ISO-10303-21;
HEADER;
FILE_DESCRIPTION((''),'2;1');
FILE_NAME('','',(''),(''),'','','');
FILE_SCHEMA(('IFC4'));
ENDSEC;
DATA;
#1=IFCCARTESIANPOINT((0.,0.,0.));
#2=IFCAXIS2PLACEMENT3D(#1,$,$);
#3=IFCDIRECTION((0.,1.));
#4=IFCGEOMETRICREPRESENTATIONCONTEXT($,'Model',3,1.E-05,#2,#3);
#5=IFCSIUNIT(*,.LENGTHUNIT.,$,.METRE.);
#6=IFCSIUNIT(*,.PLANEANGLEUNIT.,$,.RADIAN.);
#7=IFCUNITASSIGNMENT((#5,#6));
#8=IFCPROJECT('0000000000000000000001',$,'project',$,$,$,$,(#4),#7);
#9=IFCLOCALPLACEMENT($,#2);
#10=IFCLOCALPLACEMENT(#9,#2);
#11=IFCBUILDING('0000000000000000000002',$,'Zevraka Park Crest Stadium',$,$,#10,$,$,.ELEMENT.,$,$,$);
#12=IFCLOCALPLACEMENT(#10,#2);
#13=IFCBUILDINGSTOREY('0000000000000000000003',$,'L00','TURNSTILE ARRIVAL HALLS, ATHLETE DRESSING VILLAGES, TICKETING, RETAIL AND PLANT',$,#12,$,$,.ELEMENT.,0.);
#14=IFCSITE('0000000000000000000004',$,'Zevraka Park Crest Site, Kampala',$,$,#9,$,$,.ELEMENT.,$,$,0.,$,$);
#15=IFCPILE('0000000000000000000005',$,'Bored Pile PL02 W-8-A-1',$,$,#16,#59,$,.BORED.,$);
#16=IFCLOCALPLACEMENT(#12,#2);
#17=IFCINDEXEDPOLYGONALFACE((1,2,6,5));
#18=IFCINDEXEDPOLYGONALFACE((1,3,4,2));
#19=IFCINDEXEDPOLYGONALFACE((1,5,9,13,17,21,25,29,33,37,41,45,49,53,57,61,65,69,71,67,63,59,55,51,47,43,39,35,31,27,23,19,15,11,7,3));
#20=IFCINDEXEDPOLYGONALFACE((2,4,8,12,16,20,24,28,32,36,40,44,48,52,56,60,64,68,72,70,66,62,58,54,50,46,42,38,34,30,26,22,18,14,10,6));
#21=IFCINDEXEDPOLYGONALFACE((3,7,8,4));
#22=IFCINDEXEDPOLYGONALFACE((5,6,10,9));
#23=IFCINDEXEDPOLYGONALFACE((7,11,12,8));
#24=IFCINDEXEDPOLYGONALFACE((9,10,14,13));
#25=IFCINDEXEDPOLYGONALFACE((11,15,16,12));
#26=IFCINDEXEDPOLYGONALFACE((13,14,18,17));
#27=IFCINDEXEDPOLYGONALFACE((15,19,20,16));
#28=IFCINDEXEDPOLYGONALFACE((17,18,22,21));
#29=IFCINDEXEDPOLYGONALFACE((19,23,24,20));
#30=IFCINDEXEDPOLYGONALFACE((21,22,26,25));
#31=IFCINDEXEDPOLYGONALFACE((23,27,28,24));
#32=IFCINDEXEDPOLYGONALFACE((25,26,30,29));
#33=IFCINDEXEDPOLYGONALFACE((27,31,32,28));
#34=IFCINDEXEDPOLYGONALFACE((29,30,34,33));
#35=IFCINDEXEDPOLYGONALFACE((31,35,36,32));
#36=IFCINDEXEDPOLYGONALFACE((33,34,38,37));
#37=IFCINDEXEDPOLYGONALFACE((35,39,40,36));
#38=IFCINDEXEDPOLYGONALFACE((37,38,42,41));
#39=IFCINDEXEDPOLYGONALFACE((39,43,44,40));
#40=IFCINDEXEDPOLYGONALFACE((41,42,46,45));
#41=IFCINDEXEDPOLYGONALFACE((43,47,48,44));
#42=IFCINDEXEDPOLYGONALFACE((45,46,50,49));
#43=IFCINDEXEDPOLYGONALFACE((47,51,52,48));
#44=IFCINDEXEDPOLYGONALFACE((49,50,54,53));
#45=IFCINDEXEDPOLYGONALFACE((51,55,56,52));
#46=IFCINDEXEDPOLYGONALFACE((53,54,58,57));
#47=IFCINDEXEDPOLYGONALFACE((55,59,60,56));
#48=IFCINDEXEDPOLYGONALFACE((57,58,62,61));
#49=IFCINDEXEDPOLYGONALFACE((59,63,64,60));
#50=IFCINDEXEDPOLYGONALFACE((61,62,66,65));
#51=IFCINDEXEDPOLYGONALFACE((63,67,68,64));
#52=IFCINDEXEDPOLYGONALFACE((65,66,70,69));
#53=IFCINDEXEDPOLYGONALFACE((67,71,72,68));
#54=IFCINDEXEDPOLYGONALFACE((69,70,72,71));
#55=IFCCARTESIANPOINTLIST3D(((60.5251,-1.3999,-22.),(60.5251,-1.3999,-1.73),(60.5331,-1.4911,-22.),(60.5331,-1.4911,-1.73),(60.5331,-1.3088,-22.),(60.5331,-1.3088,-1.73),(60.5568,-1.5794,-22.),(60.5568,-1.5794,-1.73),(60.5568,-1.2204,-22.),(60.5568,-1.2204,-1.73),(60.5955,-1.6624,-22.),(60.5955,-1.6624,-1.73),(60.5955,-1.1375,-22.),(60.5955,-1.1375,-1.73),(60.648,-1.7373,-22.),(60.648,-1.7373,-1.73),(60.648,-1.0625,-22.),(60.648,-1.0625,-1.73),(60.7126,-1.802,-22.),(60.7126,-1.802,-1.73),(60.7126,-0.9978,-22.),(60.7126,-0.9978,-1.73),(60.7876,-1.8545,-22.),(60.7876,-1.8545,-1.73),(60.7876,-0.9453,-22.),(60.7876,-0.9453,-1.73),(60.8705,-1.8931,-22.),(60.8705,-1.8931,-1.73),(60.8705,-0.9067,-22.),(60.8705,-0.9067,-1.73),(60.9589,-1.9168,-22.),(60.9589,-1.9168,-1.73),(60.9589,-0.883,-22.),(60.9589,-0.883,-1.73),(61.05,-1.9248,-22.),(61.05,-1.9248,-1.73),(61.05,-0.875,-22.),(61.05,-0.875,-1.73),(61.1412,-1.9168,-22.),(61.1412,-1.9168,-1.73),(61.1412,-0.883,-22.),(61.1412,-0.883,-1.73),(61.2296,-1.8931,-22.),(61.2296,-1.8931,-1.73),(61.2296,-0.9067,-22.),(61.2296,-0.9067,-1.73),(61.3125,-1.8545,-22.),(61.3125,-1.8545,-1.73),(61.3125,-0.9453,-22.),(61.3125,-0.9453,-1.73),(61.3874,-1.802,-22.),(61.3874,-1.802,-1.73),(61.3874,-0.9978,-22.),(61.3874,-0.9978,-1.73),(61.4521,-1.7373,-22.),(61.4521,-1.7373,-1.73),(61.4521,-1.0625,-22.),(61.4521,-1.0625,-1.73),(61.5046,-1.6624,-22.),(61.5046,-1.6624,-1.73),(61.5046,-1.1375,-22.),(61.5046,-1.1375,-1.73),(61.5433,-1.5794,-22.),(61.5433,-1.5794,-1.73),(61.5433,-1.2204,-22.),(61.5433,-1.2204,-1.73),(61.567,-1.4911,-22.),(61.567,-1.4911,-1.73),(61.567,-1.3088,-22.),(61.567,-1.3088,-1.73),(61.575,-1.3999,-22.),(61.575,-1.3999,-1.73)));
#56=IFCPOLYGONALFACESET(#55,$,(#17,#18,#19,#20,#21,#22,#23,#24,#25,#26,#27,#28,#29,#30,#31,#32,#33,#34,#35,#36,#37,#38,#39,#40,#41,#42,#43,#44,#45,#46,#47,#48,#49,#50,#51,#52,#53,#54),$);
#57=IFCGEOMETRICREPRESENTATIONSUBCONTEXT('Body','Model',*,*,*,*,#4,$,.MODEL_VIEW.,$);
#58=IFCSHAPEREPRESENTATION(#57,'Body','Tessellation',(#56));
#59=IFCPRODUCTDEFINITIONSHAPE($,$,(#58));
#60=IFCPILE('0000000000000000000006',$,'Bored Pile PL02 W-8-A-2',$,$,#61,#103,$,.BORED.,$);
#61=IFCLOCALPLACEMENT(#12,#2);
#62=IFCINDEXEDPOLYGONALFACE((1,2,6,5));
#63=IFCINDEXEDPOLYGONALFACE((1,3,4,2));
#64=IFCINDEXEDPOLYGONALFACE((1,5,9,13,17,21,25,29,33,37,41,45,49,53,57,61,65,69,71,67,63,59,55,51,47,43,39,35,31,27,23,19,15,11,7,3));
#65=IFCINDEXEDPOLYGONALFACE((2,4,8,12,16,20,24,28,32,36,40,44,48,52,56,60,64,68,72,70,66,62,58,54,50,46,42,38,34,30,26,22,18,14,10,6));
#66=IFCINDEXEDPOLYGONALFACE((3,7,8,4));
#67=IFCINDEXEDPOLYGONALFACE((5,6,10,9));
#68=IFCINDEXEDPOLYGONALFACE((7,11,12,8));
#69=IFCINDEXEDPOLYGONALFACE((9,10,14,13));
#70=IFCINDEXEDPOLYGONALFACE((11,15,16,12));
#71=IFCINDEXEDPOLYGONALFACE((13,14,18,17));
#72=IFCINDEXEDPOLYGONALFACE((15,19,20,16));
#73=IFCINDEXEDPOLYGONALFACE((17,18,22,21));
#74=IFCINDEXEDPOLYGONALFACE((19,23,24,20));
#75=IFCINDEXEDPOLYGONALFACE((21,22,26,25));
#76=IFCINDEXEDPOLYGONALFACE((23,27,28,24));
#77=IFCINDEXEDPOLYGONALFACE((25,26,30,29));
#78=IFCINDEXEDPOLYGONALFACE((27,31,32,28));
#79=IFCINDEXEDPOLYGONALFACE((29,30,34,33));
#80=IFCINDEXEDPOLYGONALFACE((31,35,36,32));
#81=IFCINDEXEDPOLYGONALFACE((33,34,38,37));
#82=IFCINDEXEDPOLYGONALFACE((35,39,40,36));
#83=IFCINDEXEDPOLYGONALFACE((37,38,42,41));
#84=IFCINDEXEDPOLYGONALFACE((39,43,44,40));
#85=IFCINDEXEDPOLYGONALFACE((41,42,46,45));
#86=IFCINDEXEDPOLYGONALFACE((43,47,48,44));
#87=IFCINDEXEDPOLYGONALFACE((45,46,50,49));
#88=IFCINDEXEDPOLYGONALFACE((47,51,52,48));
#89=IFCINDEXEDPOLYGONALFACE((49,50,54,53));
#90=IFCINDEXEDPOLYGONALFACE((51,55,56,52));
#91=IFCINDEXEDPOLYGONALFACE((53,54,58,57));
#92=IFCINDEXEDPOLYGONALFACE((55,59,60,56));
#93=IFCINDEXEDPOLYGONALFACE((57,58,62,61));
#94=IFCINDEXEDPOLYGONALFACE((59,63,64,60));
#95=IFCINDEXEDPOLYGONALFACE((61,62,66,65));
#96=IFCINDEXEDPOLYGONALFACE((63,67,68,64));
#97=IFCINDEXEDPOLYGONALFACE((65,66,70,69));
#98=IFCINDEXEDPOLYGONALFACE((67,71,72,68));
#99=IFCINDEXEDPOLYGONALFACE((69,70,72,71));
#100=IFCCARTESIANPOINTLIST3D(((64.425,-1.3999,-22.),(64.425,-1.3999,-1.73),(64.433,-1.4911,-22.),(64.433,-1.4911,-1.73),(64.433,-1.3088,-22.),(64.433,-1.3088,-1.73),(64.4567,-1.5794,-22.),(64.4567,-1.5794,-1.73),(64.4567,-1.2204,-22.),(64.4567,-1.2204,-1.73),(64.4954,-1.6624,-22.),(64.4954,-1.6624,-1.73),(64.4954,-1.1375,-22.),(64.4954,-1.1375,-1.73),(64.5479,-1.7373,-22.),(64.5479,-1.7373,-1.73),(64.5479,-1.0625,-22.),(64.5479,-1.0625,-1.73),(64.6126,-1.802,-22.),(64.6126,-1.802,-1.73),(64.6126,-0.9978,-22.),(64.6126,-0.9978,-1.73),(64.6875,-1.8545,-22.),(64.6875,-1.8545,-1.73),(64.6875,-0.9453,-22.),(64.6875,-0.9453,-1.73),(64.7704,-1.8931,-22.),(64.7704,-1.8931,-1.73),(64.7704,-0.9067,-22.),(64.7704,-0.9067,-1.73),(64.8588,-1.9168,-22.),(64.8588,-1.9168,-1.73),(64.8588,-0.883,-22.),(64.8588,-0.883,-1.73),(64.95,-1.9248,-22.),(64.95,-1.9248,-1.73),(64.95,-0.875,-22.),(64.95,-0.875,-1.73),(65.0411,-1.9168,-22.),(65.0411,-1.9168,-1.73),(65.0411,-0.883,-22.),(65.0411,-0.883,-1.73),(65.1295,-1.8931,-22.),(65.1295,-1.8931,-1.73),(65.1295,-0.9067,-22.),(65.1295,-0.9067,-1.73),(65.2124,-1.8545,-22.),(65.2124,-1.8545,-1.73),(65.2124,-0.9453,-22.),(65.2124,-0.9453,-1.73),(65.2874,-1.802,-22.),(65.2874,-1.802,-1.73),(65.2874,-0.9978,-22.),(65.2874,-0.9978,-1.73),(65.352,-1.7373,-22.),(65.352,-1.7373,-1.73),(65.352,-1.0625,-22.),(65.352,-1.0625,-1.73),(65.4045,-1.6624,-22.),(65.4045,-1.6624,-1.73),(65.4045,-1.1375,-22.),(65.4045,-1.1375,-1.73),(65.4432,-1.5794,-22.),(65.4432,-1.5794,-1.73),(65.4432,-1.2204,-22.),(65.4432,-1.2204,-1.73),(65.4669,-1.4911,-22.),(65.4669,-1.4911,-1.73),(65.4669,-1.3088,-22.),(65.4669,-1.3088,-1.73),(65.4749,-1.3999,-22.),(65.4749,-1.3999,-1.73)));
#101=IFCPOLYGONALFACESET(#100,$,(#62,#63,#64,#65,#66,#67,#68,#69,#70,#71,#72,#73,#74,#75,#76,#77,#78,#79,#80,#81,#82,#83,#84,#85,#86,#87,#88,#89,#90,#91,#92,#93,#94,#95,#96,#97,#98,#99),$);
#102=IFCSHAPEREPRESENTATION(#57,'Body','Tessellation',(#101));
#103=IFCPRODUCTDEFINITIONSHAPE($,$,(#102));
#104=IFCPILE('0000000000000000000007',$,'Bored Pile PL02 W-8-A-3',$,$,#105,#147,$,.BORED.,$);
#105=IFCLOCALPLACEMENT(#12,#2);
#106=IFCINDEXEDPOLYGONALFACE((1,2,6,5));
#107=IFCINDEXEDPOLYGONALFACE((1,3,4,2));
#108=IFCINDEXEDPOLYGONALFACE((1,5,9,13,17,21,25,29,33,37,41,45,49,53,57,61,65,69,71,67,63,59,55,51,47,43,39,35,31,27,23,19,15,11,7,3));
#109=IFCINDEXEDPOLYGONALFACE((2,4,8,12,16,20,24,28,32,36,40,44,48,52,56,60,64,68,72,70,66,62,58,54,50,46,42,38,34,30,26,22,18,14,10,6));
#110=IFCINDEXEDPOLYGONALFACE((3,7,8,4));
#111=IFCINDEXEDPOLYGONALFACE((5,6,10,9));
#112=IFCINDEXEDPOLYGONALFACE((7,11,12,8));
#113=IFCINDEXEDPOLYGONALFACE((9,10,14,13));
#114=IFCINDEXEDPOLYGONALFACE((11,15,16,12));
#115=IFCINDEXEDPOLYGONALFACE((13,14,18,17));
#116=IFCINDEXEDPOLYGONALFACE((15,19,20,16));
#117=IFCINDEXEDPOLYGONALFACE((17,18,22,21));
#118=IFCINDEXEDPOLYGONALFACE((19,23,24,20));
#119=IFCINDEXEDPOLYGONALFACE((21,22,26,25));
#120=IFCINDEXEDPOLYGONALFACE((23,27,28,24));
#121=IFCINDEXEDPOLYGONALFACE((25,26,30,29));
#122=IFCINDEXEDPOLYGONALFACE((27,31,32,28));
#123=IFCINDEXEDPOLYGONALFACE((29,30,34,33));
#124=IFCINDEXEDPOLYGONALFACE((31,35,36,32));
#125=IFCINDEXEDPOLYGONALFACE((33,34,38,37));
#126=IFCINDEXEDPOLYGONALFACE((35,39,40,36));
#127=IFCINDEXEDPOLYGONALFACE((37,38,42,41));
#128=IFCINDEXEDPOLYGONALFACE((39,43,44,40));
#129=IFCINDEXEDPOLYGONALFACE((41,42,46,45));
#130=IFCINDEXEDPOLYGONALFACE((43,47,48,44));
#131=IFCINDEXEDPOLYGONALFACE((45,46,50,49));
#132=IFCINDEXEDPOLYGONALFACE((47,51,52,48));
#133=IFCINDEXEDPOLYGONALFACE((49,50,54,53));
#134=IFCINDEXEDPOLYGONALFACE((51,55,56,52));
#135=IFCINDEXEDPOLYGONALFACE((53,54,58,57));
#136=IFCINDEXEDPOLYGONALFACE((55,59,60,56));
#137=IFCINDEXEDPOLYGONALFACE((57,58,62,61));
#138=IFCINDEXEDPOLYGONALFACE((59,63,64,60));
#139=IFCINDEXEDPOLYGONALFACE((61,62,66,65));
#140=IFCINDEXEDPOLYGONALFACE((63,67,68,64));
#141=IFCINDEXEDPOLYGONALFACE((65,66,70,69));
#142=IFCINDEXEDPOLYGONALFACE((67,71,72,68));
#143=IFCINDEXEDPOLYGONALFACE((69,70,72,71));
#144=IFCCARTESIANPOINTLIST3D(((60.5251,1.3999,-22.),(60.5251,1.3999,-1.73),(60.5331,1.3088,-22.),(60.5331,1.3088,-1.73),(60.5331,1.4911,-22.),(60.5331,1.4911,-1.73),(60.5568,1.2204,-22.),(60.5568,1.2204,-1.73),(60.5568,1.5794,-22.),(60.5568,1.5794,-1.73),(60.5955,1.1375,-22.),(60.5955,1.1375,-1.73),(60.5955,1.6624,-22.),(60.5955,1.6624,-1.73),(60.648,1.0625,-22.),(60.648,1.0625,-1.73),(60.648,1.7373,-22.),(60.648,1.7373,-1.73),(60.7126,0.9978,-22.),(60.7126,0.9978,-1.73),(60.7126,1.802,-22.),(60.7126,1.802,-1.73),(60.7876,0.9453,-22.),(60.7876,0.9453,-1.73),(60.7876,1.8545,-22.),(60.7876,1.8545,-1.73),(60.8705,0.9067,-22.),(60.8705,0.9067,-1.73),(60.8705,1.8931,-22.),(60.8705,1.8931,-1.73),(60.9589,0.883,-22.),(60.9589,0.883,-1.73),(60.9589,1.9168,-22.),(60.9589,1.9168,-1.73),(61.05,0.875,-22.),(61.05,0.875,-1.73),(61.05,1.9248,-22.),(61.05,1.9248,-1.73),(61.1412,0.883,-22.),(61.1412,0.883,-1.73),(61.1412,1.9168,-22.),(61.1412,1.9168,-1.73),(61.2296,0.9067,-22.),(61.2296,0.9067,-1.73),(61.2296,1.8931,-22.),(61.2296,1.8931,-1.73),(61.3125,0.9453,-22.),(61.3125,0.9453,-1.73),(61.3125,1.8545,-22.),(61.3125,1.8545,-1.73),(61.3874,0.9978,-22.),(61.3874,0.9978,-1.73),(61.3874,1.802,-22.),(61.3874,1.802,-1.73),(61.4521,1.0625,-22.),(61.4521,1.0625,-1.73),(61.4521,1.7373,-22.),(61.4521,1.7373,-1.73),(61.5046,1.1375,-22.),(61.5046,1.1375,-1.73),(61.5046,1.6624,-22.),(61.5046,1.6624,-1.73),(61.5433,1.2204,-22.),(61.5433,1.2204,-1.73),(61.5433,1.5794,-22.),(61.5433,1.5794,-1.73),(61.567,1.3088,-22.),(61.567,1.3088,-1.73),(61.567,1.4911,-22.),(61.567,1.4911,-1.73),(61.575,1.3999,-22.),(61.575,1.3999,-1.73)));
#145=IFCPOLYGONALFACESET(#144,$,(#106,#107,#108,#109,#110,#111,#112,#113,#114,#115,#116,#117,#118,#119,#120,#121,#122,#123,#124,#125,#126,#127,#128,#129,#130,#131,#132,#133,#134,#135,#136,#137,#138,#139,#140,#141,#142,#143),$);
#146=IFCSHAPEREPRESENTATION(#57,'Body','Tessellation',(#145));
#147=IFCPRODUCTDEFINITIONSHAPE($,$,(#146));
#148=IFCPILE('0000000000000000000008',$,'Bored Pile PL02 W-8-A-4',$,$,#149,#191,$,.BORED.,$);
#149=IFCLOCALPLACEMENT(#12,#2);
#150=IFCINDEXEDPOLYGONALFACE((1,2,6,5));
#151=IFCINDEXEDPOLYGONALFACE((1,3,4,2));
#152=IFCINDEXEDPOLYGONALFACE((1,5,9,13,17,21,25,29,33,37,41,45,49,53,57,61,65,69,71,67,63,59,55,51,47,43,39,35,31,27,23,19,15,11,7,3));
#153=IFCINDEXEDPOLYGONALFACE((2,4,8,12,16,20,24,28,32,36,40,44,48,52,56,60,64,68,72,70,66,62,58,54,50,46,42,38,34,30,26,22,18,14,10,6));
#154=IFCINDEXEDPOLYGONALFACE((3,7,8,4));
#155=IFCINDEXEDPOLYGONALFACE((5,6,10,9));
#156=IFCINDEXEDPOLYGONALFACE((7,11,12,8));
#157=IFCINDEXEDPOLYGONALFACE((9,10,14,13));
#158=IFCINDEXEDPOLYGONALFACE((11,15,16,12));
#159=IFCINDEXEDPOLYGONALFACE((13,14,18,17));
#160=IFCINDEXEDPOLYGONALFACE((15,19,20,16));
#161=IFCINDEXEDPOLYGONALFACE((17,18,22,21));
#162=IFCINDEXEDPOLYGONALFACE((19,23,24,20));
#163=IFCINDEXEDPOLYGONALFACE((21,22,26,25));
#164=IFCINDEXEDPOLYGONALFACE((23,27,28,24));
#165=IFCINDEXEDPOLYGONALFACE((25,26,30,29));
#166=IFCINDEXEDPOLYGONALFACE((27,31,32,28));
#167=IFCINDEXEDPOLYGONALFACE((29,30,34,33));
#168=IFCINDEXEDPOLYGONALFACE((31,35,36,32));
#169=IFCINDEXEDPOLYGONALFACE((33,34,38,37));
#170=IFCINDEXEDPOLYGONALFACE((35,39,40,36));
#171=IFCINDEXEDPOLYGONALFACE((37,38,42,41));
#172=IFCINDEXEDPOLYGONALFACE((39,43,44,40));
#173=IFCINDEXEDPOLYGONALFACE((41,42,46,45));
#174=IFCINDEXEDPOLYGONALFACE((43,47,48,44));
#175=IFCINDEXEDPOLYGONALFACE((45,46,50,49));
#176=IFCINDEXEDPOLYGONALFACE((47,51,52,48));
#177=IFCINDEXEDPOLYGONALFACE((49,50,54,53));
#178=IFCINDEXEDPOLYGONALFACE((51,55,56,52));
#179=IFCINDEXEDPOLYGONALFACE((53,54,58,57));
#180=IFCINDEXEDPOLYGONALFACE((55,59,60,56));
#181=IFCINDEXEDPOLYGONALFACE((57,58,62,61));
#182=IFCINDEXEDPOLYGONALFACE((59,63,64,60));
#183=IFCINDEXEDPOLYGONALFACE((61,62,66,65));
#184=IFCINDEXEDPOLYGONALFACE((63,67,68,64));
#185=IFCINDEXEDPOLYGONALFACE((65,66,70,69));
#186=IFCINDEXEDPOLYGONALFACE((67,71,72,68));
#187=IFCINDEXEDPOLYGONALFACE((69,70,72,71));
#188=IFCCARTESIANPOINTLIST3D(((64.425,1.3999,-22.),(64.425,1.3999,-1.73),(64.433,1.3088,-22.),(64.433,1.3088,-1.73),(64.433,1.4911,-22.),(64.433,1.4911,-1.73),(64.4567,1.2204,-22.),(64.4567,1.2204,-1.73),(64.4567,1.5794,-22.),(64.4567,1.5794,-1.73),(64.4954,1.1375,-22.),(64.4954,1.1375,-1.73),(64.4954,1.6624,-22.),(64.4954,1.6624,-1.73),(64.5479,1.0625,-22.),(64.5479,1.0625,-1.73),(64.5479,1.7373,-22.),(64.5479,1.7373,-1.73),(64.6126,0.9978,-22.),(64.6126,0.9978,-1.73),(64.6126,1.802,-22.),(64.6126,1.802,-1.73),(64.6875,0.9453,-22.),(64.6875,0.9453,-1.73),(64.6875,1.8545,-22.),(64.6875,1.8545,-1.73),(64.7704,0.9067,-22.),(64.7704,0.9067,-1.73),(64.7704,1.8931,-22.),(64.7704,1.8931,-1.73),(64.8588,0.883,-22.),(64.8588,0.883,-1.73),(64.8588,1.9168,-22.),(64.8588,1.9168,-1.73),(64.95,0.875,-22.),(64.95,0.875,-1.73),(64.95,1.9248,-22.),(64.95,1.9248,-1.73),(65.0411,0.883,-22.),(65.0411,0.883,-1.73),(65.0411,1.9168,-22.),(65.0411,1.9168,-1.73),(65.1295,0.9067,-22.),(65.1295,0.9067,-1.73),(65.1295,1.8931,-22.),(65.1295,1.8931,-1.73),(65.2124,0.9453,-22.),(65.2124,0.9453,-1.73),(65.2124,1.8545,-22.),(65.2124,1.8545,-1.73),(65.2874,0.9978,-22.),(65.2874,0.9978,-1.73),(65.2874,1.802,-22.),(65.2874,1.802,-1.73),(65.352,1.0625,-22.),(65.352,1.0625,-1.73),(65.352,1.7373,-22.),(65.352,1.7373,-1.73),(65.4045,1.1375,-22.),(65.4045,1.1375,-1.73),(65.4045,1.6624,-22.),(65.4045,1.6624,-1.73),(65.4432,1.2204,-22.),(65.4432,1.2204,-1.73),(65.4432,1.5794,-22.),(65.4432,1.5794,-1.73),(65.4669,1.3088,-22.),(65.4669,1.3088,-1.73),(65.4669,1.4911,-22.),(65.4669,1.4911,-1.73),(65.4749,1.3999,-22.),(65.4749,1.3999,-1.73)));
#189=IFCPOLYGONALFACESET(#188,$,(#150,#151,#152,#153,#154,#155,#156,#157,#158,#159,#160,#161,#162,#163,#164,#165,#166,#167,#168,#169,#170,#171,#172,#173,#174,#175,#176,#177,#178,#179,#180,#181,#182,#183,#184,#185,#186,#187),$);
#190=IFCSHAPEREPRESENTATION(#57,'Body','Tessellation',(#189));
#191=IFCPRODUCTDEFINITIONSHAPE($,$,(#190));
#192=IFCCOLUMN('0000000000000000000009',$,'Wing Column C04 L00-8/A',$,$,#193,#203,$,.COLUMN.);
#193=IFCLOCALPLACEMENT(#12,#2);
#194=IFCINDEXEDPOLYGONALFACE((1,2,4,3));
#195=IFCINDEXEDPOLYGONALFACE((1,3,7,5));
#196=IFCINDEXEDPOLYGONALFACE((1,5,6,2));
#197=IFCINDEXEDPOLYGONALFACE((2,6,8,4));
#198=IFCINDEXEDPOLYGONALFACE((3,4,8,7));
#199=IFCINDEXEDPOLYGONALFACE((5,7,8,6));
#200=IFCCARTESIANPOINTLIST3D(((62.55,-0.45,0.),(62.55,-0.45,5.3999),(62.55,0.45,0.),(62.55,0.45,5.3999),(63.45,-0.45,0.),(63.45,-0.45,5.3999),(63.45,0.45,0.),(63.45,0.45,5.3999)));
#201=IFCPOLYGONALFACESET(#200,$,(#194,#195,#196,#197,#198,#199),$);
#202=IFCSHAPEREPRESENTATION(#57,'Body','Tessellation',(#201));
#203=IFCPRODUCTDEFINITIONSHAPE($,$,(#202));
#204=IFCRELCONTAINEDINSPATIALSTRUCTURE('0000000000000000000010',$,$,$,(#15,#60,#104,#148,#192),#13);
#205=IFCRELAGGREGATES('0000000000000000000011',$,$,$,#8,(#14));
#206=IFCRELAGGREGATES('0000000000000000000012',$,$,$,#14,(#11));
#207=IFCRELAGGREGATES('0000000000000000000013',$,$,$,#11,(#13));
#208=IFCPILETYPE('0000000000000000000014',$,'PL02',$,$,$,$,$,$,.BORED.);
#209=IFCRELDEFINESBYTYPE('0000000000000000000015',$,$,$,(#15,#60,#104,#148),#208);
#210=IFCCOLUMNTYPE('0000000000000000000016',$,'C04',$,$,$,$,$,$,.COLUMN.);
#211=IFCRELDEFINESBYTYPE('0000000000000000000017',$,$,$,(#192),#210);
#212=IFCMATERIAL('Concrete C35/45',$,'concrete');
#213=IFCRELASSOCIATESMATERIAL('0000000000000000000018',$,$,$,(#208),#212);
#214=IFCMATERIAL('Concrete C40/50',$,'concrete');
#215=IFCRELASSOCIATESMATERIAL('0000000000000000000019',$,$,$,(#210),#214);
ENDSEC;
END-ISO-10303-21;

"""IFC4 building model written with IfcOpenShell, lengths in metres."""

from ifc_helpers import new_model, si_unit, direction, frame, origin, origin_2d, place, context, subcontext, project, spatial, rectangle, circle, extrude, material, material_profile, profile_set, type_object, element, save


model = new_model("IFC4")

# Units and contexts
model_context = context("Model", 3, precision=1e-05, world=origin(), true_north=direction((0.0, 1.0)))
body_context = subcontext(model_context, "Body", "Model", "MODEL_VIEW")
ifc_project = project(units=[si_unit("LENGTHUNIT", "METRE"), si_unit("PLANEANGLEUNIT", "RADIAN")], contexts=[model_context])

# Site, building, storey
site_placement = place(None, origin())
site = spatial("IfcSite", under=ifc_project, at=site_placement, Name="Zevraka Park Crest Site, Kampala", CompositionType="ELEMENT", RefElevation=0.0)
building_placement = place(site_placement, origin())
building = spatial("IfcBuilding", under=site, at=building_placement, Name="Zevraka Park Crest Stadium", CompositionType="ELEMENT")
storey_placement = place(building_placement, origin())
storey = spatial("IfcBuildingStorey", under=building, at=storey_placement, Name="L00", Description="TURNSTILE ARRIVAL HALLS, ATHLETE DRESSING VILLAGES, TICKETING, RETAIL AND PLANT", CompositionType="ELEMENT", Elevation=0.0)

# Piles
ifc_material_1 = material(Name="Concrete C35/45", Category="concrete")
ifc_material_profile_1 = material_profile(ifc_material_1, circle(Radius=0.5249, at=origin_2d()), Name="PILE D1050")
ifc_profile_set_1 = profile_set([ifc_material_profile_1], Name="Concrete C35/45")
pile_type_1 = type_object("IfcPileType", Name="PL02", PredefinedType="BORED", material=ifc_profile_set_1)
for number, where, z_axis, x_axis, name in (
    (1, (61.05, -1.3999, -1.73), (0.0, 0.0, -1.0), (1.0, 0.0, 0.0), "Bored Pile PL02 W-8-A-1"),
    (2, (64.95, -1.3999, -1.73), (0.0, 0.0, -1.0), (1.0, 0.0, 0.0), "Bored Pile PL02 W-8-A-2"),
    (3, (61.05, 1.3999, -1.73), (0.0, 0.0, -1.0), (1.0, 0.0, 0.0), "Bored Pile PL02 W-8-A-3"),
    (4, (64.95, 1.3999, -1.73), (0.0, 0.0, -1.0), (1.0, 0.0, 0.0), "Bored Pile PL02 W-8-A-4"),
):
    element("IfcPile", number, at=place(storey_placement, frame(where, z_axis=z_axis, x_axis=x_axis)), inside=storey, type_object=pile_type_1, Name=name, PredefinedType="BORED", context=body_context, shape_type="SweptSolid", body=[
        extrude(circle(Radius=0.5249, at=origin_2d()), origin(), (0.0, 0.0, 1.0), 20.27),
    ])

# Column
ifc_material_2 = material(Name="Concrete C40/50", Category="concrete")
ifc_material_profile_2 = material_profile(ifc_material_2, rectangle(XDim=0.8999, YDim=0.8999, at=origin_2d()), Name="RC 900x900")
ifc_profile_set_2 = profile_set([ifc_material_profile_2], Name="Concrete C40/50")
column_type = type_object("IfcColumnType", Name="C04", PredefinedType="COLUMN", material=ifc_profile_set_2)
for number, where, z_axis, x_axis, name in (
    (5, (63.0, 0.0, 0.0), (0.0, 0.0, 1.0), (1.0, 0.0, 0.0), "Wing Column C04 L00-8/A"),
):
    element("IfcColumn", number, at=place(storey_placement, frame(where, z_axis=z_axis, x_axis=x_axis)), inside=storey, type_object=column_type, Name=name, PredefinedType="COLUMN", context=body_context, shape_type="SweptSolid", body=[
        extrude(rectangle(XDim=0.8999, YDim=0.8999, at=origin_2d()), origin(), (0.0, 0.0, 1.0), 5.3999),
    ])

save(model, "model.ifc")
